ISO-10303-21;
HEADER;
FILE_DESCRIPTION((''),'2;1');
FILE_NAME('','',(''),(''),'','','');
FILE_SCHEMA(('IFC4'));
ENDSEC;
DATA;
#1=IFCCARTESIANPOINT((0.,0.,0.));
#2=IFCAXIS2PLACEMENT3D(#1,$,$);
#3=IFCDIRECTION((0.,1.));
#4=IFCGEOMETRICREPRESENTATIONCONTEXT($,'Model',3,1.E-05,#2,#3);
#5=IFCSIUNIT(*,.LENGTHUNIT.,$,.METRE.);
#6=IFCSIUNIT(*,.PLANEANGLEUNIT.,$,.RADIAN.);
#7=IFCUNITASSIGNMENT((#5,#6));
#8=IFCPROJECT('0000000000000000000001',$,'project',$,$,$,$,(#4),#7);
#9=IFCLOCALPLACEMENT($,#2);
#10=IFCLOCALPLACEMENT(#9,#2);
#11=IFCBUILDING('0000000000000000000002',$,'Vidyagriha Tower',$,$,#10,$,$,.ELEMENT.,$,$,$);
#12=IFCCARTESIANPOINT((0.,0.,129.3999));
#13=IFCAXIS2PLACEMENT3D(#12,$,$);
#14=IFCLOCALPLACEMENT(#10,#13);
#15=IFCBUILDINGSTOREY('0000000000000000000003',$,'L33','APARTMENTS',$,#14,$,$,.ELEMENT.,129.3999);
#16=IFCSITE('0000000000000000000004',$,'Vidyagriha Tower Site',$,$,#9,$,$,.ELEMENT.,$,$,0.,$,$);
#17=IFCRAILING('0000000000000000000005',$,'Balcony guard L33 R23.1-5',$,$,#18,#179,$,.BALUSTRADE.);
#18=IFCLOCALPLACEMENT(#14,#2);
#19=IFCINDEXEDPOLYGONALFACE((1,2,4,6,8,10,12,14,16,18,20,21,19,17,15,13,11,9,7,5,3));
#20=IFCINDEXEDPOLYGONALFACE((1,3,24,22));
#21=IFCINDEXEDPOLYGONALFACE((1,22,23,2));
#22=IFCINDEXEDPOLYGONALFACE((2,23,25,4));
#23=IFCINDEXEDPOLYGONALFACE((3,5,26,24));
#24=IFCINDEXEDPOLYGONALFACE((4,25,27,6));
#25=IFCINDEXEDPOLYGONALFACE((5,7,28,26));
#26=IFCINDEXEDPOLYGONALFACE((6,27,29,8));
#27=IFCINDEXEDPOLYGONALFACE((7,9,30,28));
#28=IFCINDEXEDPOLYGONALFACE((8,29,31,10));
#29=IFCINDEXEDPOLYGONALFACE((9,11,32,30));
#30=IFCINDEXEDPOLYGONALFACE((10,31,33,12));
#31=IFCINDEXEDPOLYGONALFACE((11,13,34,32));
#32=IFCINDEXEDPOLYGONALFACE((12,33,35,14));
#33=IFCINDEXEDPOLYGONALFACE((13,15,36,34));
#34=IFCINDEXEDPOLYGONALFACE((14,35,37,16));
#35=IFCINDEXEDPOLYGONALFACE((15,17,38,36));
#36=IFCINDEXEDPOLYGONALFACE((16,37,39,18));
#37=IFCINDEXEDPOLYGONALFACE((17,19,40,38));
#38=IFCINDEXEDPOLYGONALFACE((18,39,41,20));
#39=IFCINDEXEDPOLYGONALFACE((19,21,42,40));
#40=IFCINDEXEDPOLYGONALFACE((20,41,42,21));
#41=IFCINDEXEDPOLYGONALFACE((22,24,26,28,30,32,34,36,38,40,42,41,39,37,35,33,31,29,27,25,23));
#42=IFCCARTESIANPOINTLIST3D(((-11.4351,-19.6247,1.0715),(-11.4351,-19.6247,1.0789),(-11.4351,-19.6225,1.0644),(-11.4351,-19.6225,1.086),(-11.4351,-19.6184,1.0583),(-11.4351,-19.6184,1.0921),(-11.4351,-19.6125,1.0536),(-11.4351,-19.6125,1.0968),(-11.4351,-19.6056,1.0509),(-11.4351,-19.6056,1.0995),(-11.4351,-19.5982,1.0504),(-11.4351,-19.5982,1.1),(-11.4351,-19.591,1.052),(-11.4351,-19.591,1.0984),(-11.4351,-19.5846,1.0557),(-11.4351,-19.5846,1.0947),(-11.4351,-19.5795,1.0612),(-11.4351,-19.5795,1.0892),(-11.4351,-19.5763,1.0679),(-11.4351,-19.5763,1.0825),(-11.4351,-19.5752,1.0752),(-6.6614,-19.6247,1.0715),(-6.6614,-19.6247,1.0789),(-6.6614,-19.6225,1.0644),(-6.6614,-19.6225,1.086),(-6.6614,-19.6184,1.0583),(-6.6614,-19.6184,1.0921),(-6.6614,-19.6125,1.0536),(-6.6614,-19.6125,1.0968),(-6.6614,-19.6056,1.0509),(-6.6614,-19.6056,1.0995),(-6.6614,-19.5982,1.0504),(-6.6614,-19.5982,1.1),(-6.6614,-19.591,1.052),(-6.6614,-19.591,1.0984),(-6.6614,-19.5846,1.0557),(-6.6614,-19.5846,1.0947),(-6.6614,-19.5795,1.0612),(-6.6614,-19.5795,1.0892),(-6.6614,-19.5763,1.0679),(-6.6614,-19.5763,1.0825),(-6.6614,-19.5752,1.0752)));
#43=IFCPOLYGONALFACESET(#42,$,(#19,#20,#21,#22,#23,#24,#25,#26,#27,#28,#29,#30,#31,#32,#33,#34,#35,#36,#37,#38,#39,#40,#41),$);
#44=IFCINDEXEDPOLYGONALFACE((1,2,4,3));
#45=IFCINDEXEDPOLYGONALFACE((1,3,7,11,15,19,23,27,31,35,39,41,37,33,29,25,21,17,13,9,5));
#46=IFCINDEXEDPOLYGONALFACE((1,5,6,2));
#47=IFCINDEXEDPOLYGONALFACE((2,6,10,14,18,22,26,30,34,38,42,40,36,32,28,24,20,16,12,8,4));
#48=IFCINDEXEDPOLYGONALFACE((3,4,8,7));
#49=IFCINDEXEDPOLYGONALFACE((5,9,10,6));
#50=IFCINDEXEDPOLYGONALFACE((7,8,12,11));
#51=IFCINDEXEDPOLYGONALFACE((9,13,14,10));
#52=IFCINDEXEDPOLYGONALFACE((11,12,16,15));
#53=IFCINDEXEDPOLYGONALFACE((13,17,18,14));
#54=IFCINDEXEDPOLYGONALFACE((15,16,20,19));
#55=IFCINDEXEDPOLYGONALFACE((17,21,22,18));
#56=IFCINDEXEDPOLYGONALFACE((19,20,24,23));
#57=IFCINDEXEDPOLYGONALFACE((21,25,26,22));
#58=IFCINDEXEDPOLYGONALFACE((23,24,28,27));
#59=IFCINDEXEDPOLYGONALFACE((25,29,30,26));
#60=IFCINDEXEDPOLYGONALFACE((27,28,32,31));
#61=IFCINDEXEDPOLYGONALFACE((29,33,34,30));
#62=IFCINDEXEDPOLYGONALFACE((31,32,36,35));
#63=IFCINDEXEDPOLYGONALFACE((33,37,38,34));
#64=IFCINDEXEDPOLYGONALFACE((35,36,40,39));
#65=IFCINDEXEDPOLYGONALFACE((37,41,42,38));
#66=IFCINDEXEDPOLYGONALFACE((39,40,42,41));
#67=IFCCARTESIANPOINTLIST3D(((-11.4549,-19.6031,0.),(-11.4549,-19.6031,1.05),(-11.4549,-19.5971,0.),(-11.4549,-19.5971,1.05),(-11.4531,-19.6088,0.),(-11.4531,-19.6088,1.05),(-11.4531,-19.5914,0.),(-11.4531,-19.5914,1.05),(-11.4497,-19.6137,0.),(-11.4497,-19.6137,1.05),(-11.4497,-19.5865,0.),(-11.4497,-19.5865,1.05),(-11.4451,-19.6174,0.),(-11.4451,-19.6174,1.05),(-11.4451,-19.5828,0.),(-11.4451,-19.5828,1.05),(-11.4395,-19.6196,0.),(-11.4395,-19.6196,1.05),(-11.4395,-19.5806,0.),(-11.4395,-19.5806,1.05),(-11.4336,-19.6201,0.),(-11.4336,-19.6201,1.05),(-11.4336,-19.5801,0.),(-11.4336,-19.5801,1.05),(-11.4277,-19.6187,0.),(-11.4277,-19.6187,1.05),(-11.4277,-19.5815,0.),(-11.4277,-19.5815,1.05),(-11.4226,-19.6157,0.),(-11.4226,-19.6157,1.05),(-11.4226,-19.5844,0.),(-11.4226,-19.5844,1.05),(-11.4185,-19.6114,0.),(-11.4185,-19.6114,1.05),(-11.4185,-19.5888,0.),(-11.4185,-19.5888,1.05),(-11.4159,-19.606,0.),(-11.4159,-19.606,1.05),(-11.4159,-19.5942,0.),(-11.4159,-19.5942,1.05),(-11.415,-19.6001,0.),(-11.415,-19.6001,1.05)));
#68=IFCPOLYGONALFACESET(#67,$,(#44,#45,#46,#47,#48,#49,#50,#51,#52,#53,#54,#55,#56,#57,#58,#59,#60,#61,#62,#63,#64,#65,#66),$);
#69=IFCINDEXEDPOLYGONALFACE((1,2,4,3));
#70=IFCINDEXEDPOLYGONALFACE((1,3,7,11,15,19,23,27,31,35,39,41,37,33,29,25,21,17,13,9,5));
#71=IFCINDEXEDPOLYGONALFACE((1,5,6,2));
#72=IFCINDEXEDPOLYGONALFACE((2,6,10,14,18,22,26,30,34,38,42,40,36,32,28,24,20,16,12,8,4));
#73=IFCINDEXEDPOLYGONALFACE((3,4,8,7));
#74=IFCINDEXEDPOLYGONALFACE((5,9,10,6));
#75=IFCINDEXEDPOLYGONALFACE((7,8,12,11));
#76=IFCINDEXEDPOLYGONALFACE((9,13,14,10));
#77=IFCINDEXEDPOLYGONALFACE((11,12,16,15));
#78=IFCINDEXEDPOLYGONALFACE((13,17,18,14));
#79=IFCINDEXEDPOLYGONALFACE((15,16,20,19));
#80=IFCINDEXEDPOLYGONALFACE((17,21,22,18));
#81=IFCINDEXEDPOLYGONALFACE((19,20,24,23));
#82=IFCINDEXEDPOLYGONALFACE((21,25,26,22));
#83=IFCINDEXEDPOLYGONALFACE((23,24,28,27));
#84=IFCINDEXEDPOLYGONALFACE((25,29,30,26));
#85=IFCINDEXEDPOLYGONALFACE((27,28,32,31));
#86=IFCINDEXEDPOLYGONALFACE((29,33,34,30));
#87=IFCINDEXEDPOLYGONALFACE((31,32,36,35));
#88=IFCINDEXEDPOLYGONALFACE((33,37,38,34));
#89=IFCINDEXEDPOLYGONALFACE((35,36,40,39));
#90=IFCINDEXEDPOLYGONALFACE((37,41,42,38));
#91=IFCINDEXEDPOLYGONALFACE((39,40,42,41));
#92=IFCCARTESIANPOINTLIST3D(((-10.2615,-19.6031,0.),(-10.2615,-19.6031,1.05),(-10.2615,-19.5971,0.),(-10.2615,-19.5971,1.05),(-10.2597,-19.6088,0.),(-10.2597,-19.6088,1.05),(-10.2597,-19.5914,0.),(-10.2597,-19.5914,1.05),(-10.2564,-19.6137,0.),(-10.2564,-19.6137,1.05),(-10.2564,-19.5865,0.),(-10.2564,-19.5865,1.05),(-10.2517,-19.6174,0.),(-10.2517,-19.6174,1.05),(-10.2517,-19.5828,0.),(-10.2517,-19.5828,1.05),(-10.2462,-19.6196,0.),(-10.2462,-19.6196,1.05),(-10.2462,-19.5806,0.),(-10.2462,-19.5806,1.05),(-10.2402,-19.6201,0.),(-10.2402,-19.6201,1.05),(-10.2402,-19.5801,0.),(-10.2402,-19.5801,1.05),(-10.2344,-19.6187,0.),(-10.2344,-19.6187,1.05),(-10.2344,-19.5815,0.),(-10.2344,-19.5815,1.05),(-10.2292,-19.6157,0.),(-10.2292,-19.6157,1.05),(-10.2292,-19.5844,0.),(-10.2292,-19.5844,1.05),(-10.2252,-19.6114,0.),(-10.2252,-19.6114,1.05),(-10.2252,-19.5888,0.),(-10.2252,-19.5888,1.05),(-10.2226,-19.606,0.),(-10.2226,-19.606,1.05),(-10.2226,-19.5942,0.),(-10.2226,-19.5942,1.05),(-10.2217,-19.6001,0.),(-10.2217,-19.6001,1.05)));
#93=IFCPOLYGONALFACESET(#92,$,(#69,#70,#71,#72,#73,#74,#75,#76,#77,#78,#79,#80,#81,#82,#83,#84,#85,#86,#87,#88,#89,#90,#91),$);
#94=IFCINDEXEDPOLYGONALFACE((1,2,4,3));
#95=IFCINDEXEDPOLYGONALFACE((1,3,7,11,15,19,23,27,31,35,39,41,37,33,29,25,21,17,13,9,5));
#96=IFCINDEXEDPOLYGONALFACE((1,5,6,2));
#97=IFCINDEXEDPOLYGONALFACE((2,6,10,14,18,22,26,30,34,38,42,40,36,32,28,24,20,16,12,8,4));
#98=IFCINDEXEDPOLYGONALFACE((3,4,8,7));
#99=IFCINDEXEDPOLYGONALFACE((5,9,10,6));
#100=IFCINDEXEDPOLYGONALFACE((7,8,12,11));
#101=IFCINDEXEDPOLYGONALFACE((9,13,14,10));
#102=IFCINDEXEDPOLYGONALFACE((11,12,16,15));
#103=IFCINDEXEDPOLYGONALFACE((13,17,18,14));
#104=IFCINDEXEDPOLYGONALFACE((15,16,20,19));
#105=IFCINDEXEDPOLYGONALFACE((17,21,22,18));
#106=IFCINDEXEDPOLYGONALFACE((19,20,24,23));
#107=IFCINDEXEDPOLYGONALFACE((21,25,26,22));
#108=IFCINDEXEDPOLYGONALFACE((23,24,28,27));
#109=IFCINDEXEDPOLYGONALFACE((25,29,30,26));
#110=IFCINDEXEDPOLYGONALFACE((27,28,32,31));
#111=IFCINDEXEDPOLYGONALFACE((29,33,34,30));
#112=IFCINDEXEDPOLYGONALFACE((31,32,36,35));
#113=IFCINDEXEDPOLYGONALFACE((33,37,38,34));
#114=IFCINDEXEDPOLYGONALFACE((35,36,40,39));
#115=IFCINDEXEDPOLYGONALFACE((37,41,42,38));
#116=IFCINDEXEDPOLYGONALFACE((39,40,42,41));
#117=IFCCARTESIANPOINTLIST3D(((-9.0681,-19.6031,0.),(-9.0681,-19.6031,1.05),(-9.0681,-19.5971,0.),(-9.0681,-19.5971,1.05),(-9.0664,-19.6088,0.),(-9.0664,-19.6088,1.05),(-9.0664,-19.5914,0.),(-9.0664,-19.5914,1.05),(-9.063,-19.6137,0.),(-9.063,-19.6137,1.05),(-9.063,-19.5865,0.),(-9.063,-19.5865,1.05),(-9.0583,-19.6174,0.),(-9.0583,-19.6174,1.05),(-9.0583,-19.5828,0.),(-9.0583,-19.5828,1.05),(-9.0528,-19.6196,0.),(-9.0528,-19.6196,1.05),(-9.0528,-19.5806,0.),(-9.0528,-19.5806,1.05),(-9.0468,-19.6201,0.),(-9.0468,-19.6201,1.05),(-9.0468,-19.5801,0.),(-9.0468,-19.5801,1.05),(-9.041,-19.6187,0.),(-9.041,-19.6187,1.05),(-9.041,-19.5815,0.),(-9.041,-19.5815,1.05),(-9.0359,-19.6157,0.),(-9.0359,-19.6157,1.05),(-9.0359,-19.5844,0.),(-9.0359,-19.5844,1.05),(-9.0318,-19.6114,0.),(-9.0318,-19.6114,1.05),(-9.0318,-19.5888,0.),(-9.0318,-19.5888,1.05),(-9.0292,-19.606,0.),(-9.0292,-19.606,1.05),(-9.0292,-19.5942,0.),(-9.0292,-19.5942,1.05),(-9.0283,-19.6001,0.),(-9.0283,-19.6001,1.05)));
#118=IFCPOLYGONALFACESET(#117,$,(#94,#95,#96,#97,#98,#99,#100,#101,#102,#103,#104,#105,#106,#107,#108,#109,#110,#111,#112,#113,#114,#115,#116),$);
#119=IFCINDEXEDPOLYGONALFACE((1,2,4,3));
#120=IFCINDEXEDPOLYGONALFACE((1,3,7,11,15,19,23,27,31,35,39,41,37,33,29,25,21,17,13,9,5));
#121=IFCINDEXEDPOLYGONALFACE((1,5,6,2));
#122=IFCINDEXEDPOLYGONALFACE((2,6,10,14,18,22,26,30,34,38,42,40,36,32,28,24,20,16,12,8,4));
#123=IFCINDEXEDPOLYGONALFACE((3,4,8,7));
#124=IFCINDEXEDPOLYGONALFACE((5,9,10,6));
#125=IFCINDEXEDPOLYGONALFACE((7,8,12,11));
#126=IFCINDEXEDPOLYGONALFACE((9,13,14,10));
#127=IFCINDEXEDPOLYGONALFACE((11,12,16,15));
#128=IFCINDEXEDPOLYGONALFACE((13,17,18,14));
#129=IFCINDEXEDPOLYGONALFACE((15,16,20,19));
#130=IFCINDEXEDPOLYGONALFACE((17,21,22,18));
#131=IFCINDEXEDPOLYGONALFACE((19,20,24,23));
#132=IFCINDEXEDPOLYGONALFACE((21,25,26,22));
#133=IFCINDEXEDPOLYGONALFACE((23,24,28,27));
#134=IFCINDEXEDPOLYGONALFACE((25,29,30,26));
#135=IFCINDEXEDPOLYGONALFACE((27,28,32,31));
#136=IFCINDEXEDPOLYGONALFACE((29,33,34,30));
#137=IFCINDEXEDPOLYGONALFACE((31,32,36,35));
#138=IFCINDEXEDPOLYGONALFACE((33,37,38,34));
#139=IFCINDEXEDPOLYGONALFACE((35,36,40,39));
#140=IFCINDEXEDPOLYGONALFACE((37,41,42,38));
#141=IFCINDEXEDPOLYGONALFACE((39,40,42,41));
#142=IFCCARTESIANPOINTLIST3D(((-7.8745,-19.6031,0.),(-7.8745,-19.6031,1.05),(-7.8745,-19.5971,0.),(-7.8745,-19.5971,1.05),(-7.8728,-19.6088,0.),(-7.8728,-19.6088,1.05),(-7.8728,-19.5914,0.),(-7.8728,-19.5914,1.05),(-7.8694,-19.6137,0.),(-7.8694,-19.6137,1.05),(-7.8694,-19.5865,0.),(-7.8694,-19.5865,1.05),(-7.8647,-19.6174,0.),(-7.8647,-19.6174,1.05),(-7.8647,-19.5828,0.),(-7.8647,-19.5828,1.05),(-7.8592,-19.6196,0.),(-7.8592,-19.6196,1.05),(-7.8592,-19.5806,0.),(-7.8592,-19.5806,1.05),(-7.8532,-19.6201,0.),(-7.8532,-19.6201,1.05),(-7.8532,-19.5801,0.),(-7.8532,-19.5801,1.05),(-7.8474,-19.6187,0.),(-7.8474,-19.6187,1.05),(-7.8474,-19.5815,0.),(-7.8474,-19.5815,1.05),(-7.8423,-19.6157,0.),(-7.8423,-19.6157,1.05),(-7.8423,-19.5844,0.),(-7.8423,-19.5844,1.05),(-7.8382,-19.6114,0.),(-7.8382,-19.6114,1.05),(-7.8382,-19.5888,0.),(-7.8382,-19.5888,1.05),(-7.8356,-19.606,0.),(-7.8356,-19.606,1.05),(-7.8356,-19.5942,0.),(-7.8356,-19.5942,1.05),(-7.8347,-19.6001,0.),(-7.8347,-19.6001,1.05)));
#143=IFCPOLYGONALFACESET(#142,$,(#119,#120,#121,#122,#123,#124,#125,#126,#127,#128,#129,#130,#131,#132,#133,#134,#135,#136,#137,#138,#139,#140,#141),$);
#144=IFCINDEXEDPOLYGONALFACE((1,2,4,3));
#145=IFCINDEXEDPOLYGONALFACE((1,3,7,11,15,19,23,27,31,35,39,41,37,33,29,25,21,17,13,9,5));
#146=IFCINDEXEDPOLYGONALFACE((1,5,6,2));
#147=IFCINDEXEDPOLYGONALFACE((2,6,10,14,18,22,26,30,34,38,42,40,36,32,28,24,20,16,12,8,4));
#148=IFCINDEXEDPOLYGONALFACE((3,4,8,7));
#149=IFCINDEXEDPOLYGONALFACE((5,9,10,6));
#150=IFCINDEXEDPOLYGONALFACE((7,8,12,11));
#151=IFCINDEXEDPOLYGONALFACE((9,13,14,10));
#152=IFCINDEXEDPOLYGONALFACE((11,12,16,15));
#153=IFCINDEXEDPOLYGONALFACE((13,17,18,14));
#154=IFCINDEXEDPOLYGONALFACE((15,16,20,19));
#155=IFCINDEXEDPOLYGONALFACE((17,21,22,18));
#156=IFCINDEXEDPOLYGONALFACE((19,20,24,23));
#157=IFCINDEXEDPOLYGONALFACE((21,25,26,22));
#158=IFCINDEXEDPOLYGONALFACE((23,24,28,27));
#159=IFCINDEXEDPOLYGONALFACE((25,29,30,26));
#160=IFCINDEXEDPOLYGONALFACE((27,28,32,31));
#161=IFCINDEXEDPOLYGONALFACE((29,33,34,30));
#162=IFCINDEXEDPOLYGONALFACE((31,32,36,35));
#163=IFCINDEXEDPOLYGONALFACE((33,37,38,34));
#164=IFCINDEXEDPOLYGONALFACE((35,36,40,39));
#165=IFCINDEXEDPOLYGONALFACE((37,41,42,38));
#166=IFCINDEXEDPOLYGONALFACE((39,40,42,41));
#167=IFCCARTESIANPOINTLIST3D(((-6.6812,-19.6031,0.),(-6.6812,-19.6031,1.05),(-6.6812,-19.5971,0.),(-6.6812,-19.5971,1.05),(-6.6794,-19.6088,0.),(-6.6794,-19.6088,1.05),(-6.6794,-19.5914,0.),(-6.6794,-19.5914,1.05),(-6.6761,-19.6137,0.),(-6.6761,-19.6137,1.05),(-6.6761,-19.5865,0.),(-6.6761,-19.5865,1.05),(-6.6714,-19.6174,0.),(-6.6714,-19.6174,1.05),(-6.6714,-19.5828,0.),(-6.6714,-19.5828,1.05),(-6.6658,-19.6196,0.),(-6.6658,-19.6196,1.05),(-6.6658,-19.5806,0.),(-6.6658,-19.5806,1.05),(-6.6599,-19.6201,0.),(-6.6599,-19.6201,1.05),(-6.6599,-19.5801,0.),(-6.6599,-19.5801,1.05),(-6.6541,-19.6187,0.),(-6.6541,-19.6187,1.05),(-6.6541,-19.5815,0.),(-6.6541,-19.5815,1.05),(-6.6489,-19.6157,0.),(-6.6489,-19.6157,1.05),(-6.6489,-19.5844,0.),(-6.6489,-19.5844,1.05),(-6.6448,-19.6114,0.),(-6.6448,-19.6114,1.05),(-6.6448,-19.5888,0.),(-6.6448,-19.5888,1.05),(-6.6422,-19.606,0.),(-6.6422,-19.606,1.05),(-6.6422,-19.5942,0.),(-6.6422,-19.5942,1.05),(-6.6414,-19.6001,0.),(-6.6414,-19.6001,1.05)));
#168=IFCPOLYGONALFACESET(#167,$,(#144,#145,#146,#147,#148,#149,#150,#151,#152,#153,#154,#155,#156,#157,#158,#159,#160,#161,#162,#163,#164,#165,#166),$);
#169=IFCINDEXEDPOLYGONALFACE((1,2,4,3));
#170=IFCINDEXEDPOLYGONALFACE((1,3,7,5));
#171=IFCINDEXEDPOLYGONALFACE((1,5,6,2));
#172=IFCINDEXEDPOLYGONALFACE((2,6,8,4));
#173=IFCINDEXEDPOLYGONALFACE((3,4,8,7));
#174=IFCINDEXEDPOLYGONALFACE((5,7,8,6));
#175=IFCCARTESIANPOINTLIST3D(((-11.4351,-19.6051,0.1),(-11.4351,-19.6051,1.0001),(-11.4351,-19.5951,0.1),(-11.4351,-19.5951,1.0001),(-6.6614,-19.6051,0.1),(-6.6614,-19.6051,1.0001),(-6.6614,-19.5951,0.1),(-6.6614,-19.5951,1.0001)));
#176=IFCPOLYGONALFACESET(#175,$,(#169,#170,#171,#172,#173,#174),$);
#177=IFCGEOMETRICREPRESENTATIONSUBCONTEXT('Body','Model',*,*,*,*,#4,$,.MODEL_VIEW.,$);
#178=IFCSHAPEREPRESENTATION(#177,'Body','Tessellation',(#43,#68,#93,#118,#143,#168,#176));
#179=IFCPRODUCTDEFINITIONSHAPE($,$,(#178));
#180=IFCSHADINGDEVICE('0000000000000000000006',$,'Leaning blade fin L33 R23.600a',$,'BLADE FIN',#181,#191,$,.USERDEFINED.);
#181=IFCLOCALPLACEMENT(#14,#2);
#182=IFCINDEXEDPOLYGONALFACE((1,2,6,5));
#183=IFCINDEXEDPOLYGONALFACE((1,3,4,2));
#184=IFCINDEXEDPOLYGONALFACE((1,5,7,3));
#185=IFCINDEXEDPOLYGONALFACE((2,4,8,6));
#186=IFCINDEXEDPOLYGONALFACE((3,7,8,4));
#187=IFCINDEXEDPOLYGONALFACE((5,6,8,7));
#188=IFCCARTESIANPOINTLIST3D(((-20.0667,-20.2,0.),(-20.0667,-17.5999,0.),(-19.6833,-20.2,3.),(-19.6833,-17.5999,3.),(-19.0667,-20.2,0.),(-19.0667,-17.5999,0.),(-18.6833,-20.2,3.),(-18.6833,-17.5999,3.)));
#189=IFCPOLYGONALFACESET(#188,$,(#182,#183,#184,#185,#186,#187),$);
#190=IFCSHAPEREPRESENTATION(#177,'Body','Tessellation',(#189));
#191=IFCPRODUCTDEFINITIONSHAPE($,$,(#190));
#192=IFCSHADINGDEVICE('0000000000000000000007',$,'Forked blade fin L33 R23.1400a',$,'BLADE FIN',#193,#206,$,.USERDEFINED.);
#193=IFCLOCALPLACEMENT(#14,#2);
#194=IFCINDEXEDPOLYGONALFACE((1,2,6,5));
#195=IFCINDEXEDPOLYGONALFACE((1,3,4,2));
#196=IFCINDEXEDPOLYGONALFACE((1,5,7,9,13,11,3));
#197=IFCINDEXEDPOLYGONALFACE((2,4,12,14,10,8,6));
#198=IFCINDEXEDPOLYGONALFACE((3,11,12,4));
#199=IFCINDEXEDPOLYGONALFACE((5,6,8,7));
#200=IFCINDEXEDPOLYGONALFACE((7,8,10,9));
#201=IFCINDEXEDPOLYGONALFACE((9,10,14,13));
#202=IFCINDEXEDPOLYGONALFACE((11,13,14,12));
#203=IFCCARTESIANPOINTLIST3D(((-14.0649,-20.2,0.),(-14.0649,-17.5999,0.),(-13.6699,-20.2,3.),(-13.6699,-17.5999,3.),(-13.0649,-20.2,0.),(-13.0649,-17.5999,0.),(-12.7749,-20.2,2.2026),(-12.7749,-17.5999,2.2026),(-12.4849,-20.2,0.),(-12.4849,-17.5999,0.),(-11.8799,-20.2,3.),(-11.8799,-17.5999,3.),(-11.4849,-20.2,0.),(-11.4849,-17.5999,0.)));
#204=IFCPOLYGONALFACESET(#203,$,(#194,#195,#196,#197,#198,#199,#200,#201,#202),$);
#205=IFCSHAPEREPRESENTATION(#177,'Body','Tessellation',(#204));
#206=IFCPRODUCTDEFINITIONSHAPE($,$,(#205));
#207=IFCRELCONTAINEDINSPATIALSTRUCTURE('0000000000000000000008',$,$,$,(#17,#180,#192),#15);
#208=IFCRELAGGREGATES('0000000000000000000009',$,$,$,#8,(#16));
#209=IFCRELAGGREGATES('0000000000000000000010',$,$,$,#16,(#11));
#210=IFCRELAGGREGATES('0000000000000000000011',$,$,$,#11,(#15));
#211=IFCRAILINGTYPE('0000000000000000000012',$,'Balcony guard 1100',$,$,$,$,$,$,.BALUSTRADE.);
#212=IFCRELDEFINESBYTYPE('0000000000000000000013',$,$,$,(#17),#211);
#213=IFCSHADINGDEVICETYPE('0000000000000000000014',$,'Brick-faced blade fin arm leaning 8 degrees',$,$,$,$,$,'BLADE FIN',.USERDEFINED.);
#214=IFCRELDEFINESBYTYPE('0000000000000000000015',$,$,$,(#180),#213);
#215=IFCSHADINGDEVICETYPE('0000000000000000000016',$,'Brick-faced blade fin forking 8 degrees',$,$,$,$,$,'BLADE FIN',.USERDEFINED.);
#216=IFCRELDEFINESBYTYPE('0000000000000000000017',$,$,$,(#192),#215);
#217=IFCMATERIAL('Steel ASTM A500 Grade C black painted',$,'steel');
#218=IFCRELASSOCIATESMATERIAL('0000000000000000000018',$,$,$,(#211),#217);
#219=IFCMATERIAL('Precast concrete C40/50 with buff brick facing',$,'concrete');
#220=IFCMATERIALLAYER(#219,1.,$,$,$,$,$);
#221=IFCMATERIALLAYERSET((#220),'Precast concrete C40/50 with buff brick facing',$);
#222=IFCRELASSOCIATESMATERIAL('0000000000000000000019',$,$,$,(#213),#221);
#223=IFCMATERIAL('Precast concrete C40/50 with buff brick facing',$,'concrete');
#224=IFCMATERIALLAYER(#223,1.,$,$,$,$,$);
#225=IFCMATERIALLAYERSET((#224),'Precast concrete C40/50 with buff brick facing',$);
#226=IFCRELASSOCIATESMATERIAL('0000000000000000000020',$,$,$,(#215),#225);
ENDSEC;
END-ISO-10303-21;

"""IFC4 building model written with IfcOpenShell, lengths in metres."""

from ifc_helpers import new_model, si_unit, direction, frame, origin, origin_2d, place, context, subcontext, project, spatial, polyline, rectangle, circle, outline, extrude, material, layer, layer_set, type_object, element, save


model = new_model("IFC4")

# Units and contexts
model_context = context("Model", 3, precision=1e-05, world=origin(), true_north=direction((0.0, 1.0)))
body_context = subcontext(model_context, "Body", "Model", "MODEL_VIEW")
ifc_project = project(units=[si_unit("LENGTHUNIT", "METRE"), si_unit("PLANEANGLEUNIT", "RADIAN")], contexts=[model_context])

# Site, building, storey
site_placement = place(None, origin())
site = spatial("IfcSite", under=ifc_project, at=site_placement, Name="Vidyagriha Tower Site", CompositionType="ELEMENT", RefElevation=0.0)
building_placement = place(site_placement, origin())
building = spatial("IfcBuilding", under=site, at=building_placement, Name="Vidyagriha Tower", CompositionType="ELEMENT")
storey_placement = place(building_placement, frame((0.0, 0.0, 129.3999)))
storey = spatial("IfcBuildingStorey", under=building, at=storey_placement, Name="L33", Description="APARTMENTS", CompositionType="ELEMENT", Elevation=129.3999)

# Railing
ifc_material_1 = material(Name="Steel ASTM A500 Grade C black painted", Category="steel")
railing_type = type_object("IfcRailingType", Name="Balcony guard 1100", PredefinedType="BALUSTRADE", material=ifc_material_1)
railing_1_placement = place(storey_placement, frame((-11.4351, -19.6001, 0.0)))
element("IfcRailing", 1, at=railing_1_placement, inside=storey, type_object=railing_type, Name="Balcony guard L33 R23.1-5", PredefinedType="BALUSTRADE", context=body_context, shape_type="SweptSolid", body=[
    extrude(circle(Radius=0.0249, at=origin_2d()), frame((0.0, 0.0, 1.0752), z_axis=(1.0, 0.0, 0.0), x_axis=(0.0, 1.0, 0.0)), (0.0, 0.0, 1.0), 4.7737),
    extrude(circle(Radius=0.02, at=origin_2d()), origin(), (0.0, 0.0, 1.0), 1.05),
    extrude(circle(Radius=0.02, at=origin_2d()), frame((1.1934, 0.0, 0.0)), (0.0, 0.0, 1.0), 1.05),
    extrude(circle(Radius=0.02, at=origin_2d()), frame((2.3867, 0.0, 0.0)), (0.0, 0.0, 1.0), 1.05),
    extrude(circle(Radius=0.02, at=origin_2d()), frame((3.5803, 0.0, 0.0)), (0.0, 0.0, 1.0), 1.05),
    extrude(circle(Radius=0.02, at=origin_2d()), frame((4.7737, 0.0, 0.0)), (0.0, 0.0, 1.0), 1.05),
    extrude(rectangle(XDim=0.01, YDim=0.9001, at=origin_2d()), frame((0.0, 0.0, 0.55), z_axis=(1.0, 0.0, 0.0), x_axis=(0.0, 1.0, 0.0)), (0.0, 0.0, 1.0), 4.7737),
])

# Shading devices
ifc_material_2 = material(Name="Precast concrete C40/50 with buff brick facing", Category="concrete")
ifc_layer_1 = layer(ifc_material_2, 1.0)
ifc_layer_set_1 = layer_set([ifc_layer_1], Name="Precast concrete C40/50 with buff brick facing")
shading_device_type_1 = type_object("IfcShadingDeviceType", Name="Brick-faced blade fin arm leaning 8 degrees", ElementType="BLADE FIN", PredefinedType="USERDEFINED", material=ifc_layer_set_1)
shading_device_1_placement = place(storey_placement, frame((-20.0667, -18.8999, 0.0)))
element("IfcShadingDevice", 2, at=shading_device_1_placement, inside=storey, type_object=shading_device_type_1, Name="Leaning blade fin L33 R23.600a", ObjectType="BLADE FIN", PredefinedType="USERDEFINED", context=body_context, shape_type="SweptSolid", body=[
    extrude(outline(polyline([(0.0, 0.0), (1.0, 0.0), (1.3833, 3.0), (0.3833, 3.0), (0.0, 0.0)])), frame((0.0, 1.3, 0.0), z_axis=(0.0, -1.0, 0.0), x_axis=(1.0, 0.0, 0.0)), (0.0, 0.0, 1.0), 2.6001),
])
ifc_material_3 = material(Name="Precast concrete C40/50 with buff brick facing", Category="concrete")
ifc_layer_2 = layer(ifc_material_3, 1.0)
ifc_layer_set_2 = layer_set([ifc_layer_2], Name="Precast concrete C40/50 with buff brick facing")
shading_device_type_2 = type_object("IfcShadingDeviceType", Name="Brick-faced blade fin forking 8 degrees", ElementType="BLADE FIN", PredefinedType="USERDEFINED", material=ifc_layer_set_2)
shading_device_2_placement = place(storey_placement, frame((-14.0649, -18.8999, 0.0)))
element("IfcShadingDevice", 3, at=shading_device_2_placement, inside=storey, type_object=shading_device_type_2, Name="Forked blade fin L33 R23.1400a", ObjectType="BLADE FIN", PredefinedType="USERDEFINED", context=body_context, shape_type="SweptSolid", body=[
    extrude(outline(polyline([(1.0, 0.0), (1.29, 2.2026), (1.5801, 0.0), (2.5801, 0.0), (2.1851, 3.0), (0.395, 3.0), (0.0, 0.0), (1.0, 0.0)])), frame((0.0, 1.3, 0.0), z_axis=(0.0, -1.0, 0.0), x_axis=(1.0, 0.0, 0.0)), (0.0, 0.0, 1.0), 2.6001),
])

save(model, "model.ifc")
